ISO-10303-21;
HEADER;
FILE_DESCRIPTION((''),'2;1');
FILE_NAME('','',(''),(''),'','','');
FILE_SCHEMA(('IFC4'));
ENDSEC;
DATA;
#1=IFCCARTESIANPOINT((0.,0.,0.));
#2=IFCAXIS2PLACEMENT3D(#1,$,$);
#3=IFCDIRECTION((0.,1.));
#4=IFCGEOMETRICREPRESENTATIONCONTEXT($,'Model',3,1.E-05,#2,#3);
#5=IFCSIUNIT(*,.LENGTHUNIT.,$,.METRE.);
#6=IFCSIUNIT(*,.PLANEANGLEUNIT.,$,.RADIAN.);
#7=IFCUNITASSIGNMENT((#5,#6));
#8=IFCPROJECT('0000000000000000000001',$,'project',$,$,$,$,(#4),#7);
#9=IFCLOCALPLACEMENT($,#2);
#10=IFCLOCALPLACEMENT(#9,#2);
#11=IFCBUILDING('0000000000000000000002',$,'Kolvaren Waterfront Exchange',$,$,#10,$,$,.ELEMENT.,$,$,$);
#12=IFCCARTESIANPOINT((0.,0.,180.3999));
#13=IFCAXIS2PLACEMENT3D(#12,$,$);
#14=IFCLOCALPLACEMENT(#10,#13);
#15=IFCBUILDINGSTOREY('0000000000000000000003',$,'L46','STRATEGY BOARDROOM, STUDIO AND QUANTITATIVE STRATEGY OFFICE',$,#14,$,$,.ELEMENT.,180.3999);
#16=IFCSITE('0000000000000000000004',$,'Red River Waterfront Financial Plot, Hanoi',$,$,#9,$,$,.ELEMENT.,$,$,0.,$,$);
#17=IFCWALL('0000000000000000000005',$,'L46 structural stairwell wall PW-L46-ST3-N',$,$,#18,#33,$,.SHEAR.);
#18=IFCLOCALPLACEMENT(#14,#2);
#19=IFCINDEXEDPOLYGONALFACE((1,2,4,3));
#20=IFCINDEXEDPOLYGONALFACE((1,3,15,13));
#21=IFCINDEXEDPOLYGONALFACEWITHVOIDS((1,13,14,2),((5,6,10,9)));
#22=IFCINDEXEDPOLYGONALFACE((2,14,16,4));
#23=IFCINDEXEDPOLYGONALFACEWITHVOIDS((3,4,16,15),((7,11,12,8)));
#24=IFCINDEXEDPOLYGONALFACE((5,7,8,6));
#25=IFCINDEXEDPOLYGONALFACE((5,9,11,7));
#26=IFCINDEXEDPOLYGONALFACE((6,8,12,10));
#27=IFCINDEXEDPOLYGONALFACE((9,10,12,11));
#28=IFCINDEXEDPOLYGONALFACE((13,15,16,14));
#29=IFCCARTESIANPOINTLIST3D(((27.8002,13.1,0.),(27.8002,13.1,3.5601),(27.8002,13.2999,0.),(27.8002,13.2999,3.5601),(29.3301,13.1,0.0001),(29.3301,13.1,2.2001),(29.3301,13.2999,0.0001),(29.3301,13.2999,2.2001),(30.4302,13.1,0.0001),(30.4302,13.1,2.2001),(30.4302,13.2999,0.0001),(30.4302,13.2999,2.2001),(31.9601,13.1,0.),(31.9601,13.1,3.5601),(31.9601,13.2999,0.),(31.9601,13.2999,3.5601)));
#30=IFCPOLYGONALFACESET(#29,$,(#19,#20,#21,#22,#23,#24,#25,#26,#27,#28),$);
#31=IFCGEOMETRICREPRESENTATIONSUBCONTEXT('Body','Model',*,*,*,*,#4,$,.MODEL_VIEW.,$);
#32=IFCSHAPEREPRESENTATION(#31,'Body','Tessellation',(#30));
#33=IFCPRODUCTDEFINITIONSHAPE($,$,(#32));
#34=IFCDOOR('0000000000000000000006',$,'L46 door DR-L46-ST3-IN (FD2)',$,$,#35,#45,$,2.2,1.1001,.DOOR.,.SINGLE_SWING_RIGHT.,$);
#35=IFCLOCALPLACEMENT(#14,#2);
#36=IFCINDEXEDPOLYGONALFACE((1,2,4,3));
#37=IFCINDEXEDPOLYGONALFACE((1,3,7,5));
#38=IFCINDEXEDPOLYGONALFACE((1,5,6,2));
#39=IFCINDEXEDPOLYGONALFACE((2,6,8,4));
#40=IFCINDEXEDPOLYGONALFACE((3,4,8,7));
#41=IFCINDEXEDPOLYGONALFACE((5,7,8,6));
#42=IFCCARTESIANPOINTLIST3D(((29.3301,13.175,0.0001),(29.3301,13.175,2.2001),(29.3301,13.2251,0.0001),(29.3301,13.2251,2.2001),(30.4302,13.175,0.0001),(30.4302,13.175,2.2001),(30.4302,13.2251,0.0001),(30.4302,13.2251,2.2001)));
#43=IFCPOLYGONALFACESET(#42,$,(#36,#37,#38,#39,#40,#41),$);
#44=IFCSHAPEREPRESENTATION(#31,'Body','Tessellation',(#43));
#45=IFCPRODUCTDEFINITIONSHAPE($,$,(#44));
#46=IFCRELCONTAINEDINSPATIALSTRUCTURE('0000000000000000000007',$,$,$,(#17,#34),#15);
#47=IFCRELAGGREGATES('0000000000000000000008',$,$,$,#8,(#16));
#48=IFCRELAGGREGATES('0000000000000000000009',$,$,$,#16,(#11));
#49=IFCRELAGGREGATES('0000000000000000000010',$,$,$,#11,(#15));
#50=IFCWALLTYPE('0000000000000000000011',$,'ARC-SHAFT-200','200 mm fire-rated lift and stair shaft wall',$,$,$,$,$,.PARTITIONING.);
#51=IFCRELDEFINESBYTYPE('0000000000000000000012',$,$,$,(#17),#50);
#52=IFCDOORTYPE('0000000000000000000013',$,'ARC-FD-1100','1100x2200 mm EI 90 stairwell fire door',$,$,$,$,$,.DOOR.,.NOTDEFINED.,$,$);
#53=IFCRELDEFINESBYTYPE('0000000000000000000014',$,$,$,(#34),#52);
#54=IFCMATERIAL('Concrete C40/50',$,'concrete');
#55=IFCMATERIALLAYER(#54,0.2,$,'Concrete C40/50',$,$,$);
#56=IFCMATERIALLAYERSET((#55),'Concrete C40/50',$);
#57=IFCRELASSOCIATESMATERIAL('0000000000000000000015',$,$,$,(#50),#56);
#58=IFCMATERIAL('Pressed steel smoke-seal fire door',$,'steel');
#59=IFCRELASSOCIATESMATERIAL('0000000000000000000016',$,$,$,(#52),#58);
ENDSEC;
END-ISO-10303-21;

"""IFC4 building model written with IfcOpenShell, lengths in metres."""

from ifc_helpers import new_model, si_unit, direction, frame, frame_2d, origin, place, context, subcontext, project, spatial, rectangle, extrude, material, layer, layer_set, type_object, element, fill, save


model = new_model("IFC4")

# Units and contexts
model_context = context("Model", 3, precision=1e-05, world=origin(), true_north=direction((0.0, 1.0)))
body_context = subcontext(model_context, "Body", "Model", "MODEL_VIEW")
ifc_project = project(units=[si_unit("LENGTHUNIT", "METRE"), si_unit("PLANEANGLEUNIT", "RADIAN")], contexts=[model_context])

# Site, building, storey
site_placement = place(None, origin())
site = spatial("IfcSite", under=ifc_project, at=site_placement, Name="Red River Waterfront Financial Plot, Hanoi", CompositionType="ELEMENT", RefElevation=0.0)
building_placement = place(site_placement, origin())
building = spatial("IfcBuilding", under=site, at=building_placement, Name="Kolvaren Waterfront Exchange", CompositionType="ELEMENT")
storey_placement = place(building_placement, frame((0.0, 0.0, 180.3999)))
storey = spatial("IfcBuildingStorey", under=building, at=storey_placement, Name="L46", Description="STRATEGY BOARDROOM, STUDIO AND QUANTITATIVE STRATEGY OFFICE", CompositionType="ELEMENT", Elevation=180.3999)

# Wall, opening, door
ifc_material_1 = material(Name="Concrete C40/50", Category="concrete")
ifc_layer_1 = layer(ifc_material_1, 0.2, Name="Concrete C40/50")
ifc_layer_set_1 = layer_set([ifc_layer_1], Name="Concrete C40/50")
wall_type_1 = type_object("IfcWallType", Name="ARC-SHAFT-200", Description="200 mm fire-rated lift and stair shaft wall", PredefinedType="PARTITIONING", material=ifc_layer_set_1)
wall_1_placement = place(storey_placement, frame((27.8, 13.2, 0.0), z_axis=(0.0, 0.0, 1.0), x_axis=(1.0, 0.0, 0.0)))
wall_1 = element("IfcWall", 1, at=wall_1_placement, inside=storey, type_object=wall_type_1, Name="L46 structural stairwell wall PW-L46-ST3-N", PredefinedType="SHEAR", context=body_context, shape_type="SweptSolid", body=[
    extrude(rectangle(XDim=4.1599, YDim=0.2, at=frame_2d((2.0801, 0.0))), origin(), (0.0, 0.0, 1.0), 3.5601),
])
opening_1_placement = place(wall_1_placement, frame((1.53, 0.0, 0.0)))
opening_1 = element("IfcOpeningElement", 2, at=opening_1_placement, cuts=wall_1, PredefinedType="OPENING", context=body_context, shape_type="SweptSolid", body=[
    extrude(rectangle(XDim=1.1001, YDim=2.2, at=frame_2d((0.55, 1.1001))), frame((0.0, 0.1099, 0.0), z_axis=(0.0, -1.0, 0.0), x_axis=(1.0, 0.0, 0.0)), (0.0, 0.0, 1.0), 0.22),
])
ifc_material_2 = material(Name="Pressed steel smoke-seal fire door", Category="steel")
door_type_1 = type_object("IfcDoorType", Name="ARC-FD-1100", Description="1100x2200 mm EI 90 stairwell fire door", OperationType="NOTDEFINED", PredefinedType="DOOR", material=ifc_material_2)
door_1_placement = place(opening_1_placement, frame((1.1001, 0.0, 0.0), z_axis=(0.0, 0.0, 1.0), x_axis=(-1.0, 0.0, 0.0)))
door_1 = element("IfcDoor", 3, at=door_1_placement, inside=storey, type_object=door_type_1, Name="L46 door DR-L46-ST3-IN (FD2)", OperationType="SINGLE_SWING_RIGHT", OverallHeight=2.2, OverallWidth=1.1001, PredefinedType="DOOR", context=body_context, shape_type="SweptSolid", body=[
    extrude(rectangle(XDim=1.1001, YDim=2.2, at=frame_2d((0.55, 1.1001))), frame((0.0, 0.0249, 0.0), z_axis=(0.0, -1.0, 0.0), x_axis=(1.0, 0.0, 0.0)), (0.0, 0.0, 1.0), 0.05),
])
fill(opening_1, door_1)

save(model, "model.ifc")
